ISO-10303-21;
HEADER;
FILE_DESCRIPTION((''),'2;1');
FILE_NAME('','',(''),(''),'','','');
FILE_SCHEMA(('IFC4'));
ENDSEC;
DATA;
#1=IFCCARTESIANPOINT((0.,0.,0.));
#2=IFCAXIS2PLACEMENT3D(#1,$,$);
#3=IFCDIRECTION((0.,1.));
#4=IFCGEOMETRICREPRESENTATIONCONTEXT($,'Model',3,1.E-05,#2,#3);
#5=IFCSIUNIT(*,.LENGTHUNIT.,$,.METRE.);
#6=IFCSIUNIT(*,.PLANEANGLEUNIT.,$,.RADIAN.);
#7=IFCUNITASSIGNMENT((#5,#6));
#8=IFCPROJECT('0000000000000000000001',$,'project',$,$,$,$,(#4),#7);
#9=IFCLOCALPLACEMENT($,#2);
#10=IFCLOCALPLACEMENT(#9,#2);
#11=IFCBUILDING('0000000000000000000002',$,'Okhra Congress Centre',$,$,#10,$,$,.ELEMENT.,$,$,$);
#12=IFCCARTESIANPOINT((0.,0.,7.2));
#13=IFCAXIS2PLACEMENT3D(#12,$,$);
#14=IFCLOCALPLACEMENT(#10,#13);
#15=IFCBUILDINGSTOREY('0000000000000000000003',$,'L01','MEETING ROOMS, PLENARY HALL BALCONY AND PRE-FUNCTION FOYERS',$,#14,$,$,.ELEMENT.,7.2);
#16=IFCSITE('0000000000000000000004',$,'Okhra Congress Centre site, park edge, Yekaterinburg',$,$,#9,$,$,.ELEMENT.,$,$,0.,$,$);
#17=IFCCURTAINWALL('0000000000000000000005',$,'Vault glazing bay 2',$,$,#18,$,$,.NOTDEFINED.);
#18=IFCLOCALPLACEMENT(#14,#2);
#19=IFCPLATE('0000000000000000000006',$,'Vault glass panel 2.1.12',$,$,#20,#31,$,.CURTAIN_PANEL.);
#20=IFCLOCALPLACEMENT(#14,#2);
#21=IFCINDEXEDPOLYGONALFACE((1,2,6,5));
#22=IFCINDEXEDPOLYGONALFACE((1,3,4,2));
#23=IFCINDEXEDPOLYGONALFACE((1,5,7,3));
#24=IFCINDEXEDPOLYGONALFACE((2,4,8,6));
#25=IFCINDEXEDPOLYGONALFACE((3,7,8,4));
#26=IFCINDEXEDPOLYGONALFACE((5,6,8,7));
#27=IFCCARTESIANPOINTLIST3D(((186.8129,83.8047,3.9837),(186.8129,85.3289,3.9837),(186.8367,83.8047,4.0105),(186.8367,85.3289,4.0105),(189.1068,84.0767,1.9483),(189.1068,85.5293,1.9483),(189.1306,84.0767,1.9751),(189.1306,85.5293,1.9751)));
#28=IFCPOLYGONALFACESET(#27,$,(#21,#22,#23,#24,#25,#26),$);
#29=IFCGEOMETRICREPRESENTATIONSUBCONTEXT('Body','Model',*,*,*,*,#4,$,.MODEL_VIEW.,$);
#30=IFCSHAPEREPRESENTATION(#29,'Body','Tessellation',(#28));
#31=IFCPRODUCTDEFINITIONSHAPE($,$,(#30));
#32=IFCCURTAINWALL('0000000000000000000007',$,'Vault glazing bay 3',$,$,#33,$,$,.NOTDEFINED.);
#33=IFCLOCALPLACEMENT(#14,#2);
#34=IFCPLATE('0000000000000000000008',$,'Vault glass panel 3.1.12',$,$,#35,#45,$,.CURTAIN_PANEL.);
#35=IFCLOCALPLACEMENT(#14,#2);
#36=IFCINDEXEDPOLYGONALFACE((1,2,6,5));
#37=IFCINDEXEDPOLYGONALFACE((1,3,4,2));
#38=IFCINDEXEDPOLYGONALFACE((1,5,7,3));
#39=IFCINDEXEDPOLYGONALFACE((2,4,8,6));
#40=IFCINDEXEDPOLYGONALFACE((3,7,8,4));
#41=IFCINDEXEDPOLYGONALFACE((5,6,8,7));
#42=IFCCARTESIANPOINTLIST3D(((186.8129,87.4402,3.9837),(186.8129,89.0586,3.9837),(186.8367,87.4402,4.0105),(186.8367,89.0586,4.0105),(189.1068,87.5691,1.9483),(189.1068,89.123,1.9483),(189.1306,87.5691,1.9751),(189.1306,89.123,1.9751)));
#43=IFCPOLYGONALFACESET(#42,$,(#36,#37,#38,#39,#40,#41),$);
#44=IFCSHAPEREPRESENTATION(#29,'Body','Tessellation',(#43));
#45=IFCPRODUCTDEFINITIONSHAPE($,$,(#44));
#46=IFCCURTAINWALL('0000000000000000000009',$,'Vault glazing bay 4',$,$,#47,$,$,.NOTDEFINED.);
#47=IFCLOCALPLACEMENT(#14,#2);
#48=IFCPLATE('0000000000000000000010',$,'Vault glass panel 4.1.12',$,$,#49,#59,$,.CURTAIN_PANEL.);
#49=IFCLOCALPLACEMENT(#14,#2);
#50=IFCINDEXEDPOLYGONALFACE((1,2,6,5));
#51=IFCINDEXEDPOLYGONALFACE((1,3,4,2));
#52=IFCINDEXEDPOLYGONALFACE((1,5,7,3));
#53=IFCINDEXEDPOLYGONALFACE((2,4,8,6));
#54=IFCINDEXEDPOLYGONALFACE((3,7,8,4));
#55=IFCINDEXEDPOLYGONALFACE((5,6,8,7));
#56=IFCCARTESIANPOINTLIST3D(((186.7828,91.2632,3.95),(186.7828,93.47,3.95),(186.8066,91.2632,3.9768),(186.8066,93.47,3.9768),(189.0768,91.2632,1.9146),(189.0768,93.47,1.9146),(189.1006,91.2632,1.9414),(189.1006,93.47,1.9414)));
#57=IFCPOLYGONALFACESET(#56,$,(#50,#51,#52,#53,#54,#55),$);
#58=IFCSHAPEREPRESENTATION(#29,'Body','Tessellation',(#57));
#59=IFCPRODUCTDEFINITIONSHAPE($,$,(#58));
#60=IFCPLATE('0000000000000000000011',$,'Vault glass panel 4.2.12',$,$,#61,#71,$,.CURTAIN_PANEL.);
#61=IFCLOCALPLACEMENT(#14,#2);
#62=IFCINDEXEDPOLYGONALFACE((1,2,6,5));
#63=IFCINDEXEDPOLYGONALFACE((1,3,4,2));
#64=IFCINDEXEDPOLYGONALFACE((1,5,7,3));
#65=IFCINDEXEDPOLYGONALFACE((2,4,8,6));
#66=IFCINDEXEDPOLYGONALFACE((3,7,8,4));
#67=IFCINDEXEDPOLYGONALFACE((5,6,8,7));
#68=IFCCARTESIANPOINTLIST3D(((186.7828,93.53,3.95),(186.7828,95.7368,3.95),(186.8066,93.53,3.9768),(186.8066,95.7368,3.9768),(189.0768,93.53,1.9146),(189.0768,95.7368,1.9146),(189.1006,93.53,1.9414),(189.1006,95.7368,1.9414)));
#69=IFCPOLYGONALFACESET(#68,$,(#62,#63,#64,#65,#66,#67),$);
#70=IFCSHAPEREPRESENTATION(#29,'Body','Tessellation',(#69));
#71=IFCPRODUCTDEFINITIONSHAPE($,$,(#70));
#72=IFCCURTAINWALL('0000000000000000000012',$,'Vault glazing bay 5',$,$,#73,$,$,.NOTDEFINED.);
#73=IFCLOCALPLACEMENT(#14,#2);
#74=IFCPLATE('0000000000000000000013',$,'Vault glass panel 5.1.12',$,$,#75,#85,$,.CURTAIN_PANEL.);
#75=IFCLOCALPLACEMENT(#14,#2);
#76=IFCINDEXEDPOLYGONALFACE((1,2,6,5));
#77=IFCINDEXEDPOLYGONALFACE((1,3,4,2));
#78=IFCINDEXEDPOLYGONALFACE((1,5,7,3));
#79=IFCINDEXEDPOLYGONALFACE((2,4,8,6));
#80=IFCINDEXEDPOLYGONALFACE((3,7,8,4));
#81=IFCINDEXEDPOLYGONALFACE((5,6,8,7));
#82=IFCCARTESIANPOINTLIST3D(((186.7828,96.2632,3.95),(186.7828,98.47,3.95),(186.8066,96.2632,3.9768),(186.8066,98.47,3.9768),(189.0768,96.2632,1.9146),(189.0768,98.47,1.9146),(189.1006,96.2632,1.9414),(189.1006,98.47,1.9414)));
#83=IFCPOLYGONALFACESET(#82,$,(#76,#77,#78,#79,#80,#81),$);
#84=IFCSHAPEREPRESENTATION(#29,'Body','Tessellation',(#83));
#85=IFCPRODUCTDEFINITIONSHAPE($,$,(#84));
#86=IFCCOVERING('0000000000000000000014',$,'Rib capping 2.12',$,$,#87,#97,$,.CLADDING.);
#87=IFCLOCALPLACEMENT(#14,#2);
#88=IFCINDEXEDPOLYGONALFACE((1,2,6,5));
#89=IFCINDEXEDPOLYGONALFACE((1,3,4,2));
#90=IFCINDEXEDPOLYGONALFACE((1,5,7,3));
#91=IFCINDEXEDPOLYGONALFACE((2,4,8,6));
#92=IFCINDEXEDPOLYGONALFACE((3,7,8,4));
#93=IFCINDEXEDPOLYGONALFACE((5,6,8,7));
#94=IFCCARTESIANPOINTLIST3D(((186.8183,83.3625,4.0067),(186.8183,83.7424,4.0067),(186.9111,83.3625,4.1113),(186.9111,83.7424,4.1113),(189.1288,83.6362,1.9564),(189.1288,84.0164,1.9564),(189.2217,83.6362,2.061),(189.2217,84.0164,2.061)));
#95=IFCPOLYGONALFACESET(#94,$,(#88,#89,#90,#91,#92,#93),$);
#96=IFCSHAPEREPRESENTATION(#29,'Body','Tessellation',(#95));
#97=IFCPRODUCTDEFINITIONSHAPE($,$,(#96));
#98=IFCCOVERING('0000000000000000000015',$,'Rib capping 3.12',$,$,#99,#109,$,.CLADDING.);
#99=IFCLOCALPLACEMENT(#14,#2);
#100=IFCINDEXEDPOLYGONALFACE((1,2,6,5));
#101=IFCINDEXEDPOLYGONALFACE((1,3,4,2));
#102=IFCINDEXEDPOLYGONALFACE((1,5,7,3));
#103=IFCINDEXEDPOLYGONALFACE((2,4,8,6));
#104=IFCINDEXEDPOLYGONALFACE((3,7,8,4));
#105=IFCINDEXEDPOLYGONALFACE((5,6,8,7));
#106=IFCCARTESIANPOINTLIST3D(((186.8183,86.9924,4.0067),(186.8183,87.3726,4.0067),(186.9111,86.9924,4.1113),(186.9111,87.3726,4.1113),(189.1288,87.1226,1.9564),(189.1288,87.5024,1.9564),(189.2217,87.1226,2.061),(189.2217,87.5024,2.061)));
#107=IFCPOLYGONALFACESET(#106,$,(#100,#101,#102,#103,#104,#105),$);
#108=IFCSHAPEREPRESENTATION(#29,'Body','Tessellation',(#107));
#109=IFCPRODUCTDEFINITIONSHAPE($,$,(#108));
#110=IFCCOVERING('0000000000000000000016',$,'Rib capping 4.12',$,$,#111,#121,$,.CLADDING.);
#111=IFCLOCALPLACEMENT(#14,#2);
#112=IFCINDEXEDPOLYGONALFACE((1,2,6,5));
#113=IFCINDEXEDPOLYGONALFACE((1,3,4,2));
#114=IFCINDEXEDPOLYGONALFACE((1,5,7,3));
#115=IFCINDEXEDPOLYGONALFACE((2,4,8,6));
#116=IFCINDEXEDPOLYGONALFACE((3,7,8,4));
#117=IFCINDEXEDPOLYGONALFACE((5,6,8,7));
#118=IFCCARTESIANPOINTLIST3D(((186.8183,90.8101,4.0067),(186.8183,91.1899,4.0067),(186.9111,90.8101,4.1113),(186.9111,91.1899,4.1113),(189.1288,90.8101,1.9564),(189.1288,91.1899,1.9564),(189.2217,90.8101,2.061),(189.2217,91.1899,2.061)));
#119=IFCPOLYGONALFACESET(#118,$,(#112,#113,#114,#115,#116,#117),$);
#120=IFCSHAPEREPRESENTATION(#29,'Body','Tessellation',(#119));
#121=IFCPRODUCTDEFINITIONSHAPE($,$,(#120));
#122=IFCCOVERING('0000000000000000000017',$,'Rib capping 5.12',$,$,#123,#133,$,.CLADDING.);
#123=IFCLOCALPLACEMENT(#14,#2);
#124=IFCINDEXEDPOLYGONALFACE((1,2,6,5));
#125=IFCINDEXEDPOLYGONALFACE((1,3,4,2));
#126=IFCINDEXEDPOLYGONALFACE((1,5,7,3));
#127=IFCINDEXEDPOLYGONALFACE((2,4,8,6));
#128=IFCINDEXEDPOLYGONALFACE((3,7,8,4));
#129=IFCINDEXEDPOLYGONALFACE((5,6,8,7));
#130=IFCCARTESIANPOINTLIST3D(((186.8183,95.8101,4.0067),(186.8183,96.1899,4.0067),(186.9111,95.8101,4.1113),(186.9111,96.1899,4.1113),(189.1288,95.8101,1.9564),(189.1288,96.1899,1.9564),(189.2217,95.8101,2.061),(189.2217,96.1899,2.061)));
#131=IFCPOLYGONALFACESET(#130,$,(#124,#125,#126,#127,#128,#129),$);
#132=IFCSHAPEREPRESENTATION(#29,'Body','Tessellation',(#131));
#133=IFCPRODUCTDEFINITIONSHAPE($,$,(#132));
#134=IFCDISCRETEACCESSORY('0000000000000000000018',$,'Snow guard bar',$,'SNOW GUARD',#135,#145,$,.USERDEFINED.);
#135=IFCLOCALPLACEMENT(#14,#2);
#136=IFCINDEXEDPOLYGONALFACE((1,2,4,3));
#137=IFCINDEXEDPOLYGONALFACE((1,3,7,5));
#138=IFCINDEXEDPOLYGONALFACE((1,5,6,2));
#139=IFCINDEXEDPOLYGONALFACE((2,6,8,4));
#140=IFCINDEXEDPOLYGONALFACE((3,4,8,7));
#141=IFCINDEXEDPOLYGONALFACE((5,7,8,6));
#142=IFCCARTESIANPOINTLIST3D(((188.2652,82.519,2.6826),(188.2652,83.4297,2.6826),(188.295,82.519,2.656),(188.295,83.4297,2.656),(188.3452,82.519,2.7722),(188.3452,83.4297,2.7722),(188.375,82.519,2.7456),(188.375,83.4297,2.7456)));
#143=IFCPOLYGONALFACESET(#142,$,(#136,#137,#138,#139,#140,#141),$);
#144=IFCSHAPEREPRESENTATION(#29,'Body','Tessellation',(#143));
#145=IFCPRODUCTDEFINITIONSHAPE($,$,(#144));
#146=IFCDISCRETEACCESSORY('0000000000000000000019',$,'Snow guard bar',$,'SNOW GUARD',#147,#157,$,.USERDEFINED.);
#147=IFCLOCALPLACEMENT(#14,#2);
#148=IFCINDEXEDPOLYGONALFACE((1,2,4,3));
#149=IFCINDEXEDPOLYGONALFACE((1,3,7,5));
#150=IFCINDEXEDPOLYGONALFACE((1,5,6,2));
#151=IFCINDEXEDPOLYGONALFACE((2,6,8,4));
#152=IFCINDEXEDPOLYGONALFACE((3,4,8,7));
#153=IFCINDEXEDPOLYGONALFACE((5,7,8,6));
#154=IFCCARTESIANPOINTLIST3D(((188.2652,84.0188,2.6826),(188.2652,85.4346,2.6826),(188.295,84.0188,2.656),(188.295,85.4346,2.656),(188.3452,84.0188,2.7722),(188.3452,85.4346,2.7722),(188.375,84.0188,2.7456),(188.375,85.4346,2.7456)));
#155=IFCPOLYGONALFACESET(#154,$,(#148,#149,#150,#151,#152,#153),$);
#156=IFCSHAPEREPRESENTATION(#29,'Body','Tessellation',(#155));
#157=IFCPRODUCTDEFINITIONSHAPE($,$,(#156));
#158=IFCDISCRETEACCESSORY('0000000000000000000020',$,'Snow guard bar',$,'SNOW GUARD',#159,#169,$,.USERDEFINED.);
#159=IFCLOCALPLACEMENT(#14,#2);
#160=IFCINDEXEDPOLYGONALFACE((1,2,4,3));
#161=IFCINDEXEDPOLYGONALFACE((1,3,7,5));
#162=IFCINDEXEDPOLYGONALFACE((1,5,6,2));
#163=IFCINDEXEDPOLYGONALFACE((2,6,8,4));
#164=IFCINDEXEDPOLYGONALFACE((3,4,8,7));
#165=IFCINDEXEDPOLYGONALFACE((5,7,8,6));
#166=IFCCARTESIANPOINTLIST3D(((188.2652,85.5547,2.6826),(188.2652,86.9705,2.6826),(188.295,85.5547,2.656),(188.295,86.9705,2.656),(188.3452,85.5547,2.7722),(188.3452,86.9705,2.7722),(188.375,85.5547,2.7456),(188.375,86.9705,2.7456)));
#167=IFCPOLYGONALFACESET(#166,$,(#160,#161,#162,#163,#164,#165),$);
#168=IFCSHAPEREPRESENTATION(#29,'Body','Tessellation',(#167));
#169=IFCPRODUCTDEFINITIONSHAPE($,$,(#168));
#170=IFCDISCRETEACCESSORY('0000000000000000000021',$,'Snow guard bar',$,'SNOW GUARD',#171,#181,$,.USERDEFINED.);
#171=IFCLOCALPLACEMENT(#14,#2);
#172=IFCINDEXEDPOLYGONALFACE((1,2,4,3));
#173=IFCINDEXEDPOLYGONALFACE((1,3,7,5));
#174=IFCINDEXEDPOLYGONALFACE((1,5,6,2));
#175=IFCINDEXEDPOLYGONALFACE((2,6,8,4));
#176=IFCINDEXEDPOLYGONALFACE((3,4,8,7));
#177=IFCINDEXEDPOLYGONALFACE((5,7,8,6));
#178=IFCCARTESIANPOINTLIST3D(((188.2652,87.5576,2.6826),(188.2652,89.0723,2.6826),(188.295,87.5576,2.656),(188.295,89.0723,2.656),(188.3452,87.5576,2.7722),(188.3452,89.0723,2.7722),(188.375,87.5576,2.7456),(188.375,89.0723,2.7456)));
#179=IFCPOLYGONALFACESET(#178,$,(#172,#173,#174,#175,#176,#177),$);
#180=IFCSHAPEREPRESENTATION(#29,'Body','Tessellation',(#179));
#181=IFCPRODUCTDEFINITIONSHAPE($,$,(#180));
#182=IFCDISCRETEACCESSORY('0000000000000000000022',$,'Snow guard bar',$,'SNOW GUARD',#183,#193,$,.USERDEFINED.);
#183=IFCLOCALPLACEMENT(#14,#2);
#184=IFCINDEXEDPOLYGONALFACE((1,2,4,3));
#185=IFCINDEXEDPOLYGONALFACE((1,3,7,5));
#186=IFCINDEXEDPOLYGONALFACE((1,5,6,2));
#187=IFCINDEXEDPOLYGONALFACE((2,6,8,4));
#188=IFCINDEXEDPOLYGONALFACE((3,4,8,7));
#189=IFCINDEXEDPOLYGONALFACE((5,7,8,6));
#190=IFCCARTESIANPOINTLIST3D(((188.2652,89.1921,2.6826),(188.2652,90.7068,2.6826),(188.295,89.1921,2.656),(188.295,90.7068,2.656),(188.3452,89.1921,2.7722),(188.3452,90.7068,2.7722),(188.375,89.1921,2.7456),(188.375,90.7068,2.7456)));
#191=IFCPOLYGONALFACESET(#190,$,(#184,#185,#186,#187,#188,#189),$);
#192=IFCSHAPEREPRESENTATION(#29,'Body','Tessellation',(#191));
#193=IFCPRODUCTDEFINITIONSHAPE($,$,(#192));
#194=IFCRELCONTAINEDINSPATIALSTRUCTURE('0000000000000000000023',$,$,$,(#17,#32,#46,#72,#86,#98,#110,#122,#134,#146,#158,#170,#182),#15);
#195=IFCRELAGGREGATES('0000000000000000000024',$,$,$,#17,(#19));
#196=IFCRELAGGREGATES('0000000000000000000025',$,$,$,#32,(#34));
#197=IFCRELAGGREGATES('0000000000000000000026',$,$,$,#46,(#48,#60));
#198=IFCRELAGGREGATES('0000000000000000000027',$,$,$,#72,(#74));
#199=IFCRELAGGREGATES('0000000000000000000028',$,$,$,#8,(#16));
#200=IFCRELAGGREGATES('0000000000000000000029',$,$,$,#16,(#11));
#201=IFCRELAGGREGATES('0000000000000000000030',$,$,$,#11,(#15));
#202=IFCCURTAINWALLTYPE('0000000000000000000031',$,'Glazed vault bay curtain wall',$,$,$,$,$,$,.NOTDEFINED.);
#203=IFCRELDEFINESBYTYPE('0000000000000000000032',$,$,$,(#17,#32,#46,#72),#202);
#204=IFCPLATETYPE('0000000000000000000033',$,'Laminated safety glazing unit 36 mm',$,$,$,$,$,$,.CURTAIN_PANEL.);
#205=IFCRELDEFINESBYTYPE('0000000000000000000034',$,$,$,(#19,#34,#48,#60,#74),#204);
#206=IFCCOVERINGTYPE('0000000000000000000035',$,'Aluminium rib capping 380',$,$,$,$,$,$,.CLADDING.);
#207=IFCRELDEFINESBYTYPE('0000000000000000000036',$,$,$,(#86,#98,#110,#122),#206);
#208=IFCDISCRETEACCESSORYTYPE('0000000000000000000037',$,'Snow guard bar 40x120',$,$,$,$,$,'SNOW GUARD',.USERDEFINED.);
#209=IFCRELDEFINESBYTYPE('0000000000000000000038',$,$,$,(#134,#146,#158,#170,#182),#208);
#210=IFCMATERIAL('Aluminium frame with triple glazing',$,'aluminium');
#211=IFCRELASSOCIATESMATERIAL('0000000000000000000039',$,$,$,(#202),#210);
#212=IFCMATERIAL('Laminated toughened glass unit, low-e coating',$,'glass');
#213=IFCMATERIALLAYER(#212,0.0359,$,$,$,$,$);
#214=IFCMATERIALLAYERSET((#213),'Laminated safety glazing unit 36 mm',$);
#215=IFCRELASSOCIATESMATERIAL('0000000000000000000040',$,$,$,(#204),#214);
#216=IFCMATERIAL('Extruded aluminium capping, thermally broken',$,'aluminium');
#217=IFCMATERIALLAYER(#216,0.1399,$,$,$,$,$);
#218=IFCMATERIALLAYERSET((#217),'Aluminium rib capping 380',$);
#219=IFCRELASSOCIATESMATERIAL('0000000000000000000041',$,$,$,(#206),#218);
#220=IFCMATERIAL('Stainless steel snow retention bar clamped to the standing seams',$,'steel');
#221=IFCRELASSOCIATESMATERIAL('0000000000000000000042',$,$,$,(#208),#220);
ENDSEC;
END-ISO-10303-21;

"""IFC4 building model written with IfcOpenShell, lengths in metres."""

from ifc_helpers import new_model, si_unit, direction, frame, origin, place, context, subcontext, project, spatial, polyline, outline, extrude, material, layer, layer_set, type_object, element, aggregate, save


model = new_model("IFC4")

# Units and contexts
model_context = context("Model", 3, precision=1e-05, world=origin(), true_north=direction((0.0, 1.0)))
body_context = subcontext(model_context, "Body", "Model", "MODEL_VIEW")
ifc_project = project(units=[si_unit("LENGTHUNIT", "METRE"), si_unit("PLANEANGLEUNIT", "RADIAN")], contexts=[model_context])

# Site, building, storey
site_placement = place(None, origin())
site = spatial("IfcSite", under=ifc_project, at=site_placement, Name="Okhra Congress Centre site, park edge, Yekaterinburg", CompositionType="ELEMENT", RefElevation=0.0)
building_placement = place(site_placement, origin())
building = spatial("IfcBuilding", under=site, at=building_placement, Name="Okhra Congress Centre", CompositionType="ELEMENT")
storey_placement = place(building_placement, frame((0.0, 0.0, 7.2)))
storey = spatial("IfcBuildingStorey", under=building, at=storey_placement, Name="L01", Description="MEETING ROOMS, PLENARY HALL BALCONY AND PRE-FUNCTION FOYERS", CompositionType="ELEMENT", Elevation=7.2)

# Curtain walls, plates
ifc_material_1 = material(Name="Aluminium frame with triple glazing", Category="aluminium")
curtain_wall_type_1 = type_object("IfcCurtainWallType", Name="Glazed vault bay curtain wall", PredefinedType="NOTDEFINED", material=ifc_material_1)
curtain_wall_1_placement = place(storey_placement, origin())
curtain_wall_1 = element("IfcCurtainWall", 1, at=curtain_wall_1_placement, inside=storey, type_object=curtain_wall_type_1, Name="Vault glazing bay 2", PredefinedType="NOTDEFINED")
ifc_material_2 = material(Name="Laminated toughened glass unit, low-e coating", Category="glass")
ifc_layer_1 = layer(ifc_material_2, 0.0359)
ifc_layer_set_1 = layer_set([ifc_layer_1], Name="Laminated safety glazing unit 36 mm")
plate_type_1 = type_object("IfcPlateType", Name="Laminated safety glazing unit 36 mm", PredefinedType="CURTAIN_PANEL", material=ifc_layer_set_1)
plate_1_placement = place(storey_placement, frame((186.8367, 83.8047, 4.0105), z_axis=(0.663697, 0.0, 0.748002), x_axis=(0.745078, 0.088337, -0.661102)))
plate_1 = element("IfcPlate", 2, at=plate_1_placement, type_object=plate_type_1, Name="Vault glass panel 2.1.12", PredefinedType="CURTAIN_PANEL", context=body_context, shape_type="SweptSolid", body=[
    extrude(outline(polyline([(0.0, 0.0), (3.0788, 0.0), (3.2071, 1.447), (0.1346, 1.5182), (0.0, 0.0)])), origin(), (0.0, 0.0, -1.0), 0.0359),
])
aggregate(curtain_wall_1, [plate_1])
curtain_wall_2_placement = place(storey_placement, origin())
curtain_wall_2 = element("IfcCurtainWall", 3, at=curtain_wall_2_placement, inside=storey, type_object=curtain_wall_type_1, Name="Vault glazing bay 3", PredefinedType="NOTDEFINED")
plate_2_placement = place(storey_placement, frame((186.8367, 87.4402, 4.0105), z_axis=(0.663697, 0.0, 0.748002), x_axis=(0.747342, 0.041996, -0.663111)))
plate_2 = element("IfcPlate", 4, at=plate_2_placement, type_object=plate_type_1, Name="Vault glass panel 3.1.12", PredefinedType="CURTAIN_PANEL", context=body_context, shape_type="SweptSolid", body=[
    extrude(outline(polyline([(0.0, 0.0), (3.0695, 0.0), (3.1347, 1.5526), (0.068, 1.617), (0.0, 0.0)])), origin(), (0.0, 0.0, -1.0), 0.0359),
])
aggregate(curtain_wall_2, [plate_2])

# Curtain wall, plates
curtain_wall_3_placement = place(storey_placement, origin())
curtain_wall_3 = element("IfcCurtainWall", 5, at=curtain_wall_3_placement, inside=storey, type_object=curtain_wall_type_1, Name="Vault glazing bay 4", PredefinedType="NOTDEFINED")
plate_3_placement = place(storey_placement, frame((186.8066, 91.2632, 3.9768), z_axis=(0.663697, 0.0, 0.748002), x_axis=(0.748002, 0.0, -0.663697)))
plate_3 = element("IfcPlate", 6, at=plate_3_placement, type_object=plate_type_1, Name="Vault glass panel 4.1.12", PredefinedType="CURTAIN_PANEL", context=body_context, shape_type="SweptSolid", body=[
    extrude(outline(polyline([(0.0, 0.0), (3.0668, 0.0), (3.0668, 2.2068), (0.0, 2.2068), (0.0, 0.0)])), origin(), (0.0, 0.0, -1.0), 0.0359),
])
plate_4_placement = place(storey_placement, frame((186.8066, 93.53, 3.9768), z_axis=(0.663697, 0.0, 0.748002), x_axis=(0.748002, 0.0, -0.663697)))
plate_4 = element("IfcPlate", 7, at=plate_4_placement, type_object=plate_type_1, Name="Vault glass panel 4.2.12", PredefinedType="CURTAIN_PANEL", context=body_context, shape_type="SweptSolid", body=[
    extrude(outline(polyline([(0.0, 0.0), (3.0668, 0.0), (3.0668, 2.2068), (0.0, 2.2068), (0.0, 0.0)])), origin(), (0.0, 0.0, -1.0), 0.0359),
])
aggregate(curtain_wall_3, [plate_3, plate_4])

# Curtain wall, plate
curtain_wall_4_placement = place(storey_placement, origin())
curtain_wall_4 = element("IfcCurtainWall", 8, at=curtain_wall_4_placement, inside=storey, type_object=curtain_wall_type_1, Name="Vault glazing bay 5", PredefinedType="NOTDEFINED")
plate_5_placement = place(storey_placement, frame((186.8066, 96.2632, 3.9768), z_axis=(0.663697, 0.0, 0.748002), x_axis=(0.748002, 0.0, -0.663697)))
plate_5 = element("IfcPlate", 9, at=plate_5_placement, type_object=plate_type_1, Name="Vault glass panel 5.1.12", PredefinedType="CURTAIN_PANEL", context=body_context, shape_type="SweptSolid", body=[
    extrude(outline(polyline([(0.0, 0.0), (3.0668, 0.0), (3.0668, 2.2068), (0.0, 2.2068), (0.0, 0.0)])), origin(), (0.0, 0.0, -1.0), 0.0359),
])
aggregate(curtain_wall_4, [plate_5])

# Coverings
ifc_material_3 = material(Name="Extruded aluminium capping, thermally broken", Category="aluminium")
ifc_layer_2 = layer(ifc_material_3, 0.1399)
ifc_layer_set_2 = layer_set([ifc_layer_2], Name="Aluminium rib capping 380")
covering_type = type_object("IfcCoveringType", Name="Aluminium rib capping 380", PredefinedType="CLADDING", material=ifc_layer_set_2)
covering_1_placement = place(storey_placement, frame((186.9111, 83.3625, 4.1113), z_axis=(0.663726, 0.0, 0.747976), x_axis=(0.745057, 0.088251, -0.661136)))
element("IfcCovering", 10, at=covering_1_placement, inside=storey, type_object=covering_type, Name="Rib capping 2.12", PredefinedType="CLADDING", context=body_context, shape_type="SweptSolid", body=[
    extrude(outline(polyline([(0.0, 0.0), (3.1012, 0.0), (3.1347, 0.3786), (0.0335, 0.3784), (0.0, 0.0)])), origin(), (0.0, 0.0, -1.0), 0.1399),
])
covering_2_placement = place(storey_placement, frame((186.9111, 86.9924, 4.1113), z_axis=(0.663726, 0.0, 0.747976), x_axis=(0.747313, 0.042088, -0.663138)))
element("IfcCovering", 11, at=covering_2_placement, inside=storey, type_object=covering_type, Name="Rib capping 3.12", PredefinedType="CLADDING", context=body_context, shape_type="SweptSolid", body=[
    extrude(outline(polyline([(0.0, 0.0), (3.0918, 0.0), (3.1078, 0.3795), (0.016, 0.3798), (0.0, 0.0)])), origin(), (0.0, 0.0, -1.0), 0.1399),
])
for number, where, z_axis, x_axis, name in (
    (12, (186.9111, 90.8101, 4.1113), (0.663726, 0.0, 0.747976), (0.747976, 0.0, -0.663726), "Rib capping 4.12"),
    (13, (186.9111, 95.8101, 4.1113), (0.663726, 0.0, 0.747976), (0.747976, 0.0, -0.663726), "Rib capping 5.12"),
):
    element("IfcCovering", number, at=place(storey_placement, frame(where, z_axis=z_axis, x_axis=x_axis)), inside=storey, type_object=covering_type, Name=name, PredefinedType="CLADDING", context=body_context, shape_type="SweptSolid", body=[
        extrude(outline(polyline([(0.0, 0.0), (3.0891, 0.0), (3.0891, 0.3799), (0.0, 0.3799), (0.0, 0.0)])), origin(), (0.0, 0.0, -1.0), 0.1399),
    ])

# Discrete accessories
ifc_material_4 = material(Name="Stainless steel snow retention bar clamped to the standing seams", Category="steel")
discrete_accessory_type = type_object("IfcDiscreteAccessoryType", Name="Snow guard bar 40x120", ElementType="SNOW GUARD", PredefinedType="USERDEFINED", material=ifc_material_4)
discrete_accessory_placement = place(storey_placement, frame((188.3452, 82.519, 2.7722), z_axis=(0.666259, 0.0, 0.745721), x_axis=(0.745721, 0.0, -0.666259)))
element("IfcDiscreteAccessory", 14, at=discrete_accessory_placement, inside=storey, type_object=discrete_accessory_type, Name="Snow guard bar", ObjectType="SNOW GUARD", PredefinedType="USERDEFINED", context=body_context, shape_type="SweptSolid", body=[
    extrude(outline(polyline([(0.0, 0.0), (0.0399, 0.0), (0.0399, 0.9106), (0.0, 0.9106), (0.0, 0.0)])), origin(), (0.0, 0.0, -1.0), 0.1201),
])
for number, where, z_axis, x_axis, name in (
    (15, (188.3452, 84.0188, 2.7722), (0.666259, 0.0, 0.745721), (0.745721, 0.0, -0.666259), "Snow guard bar"),
    (16, (188.3452, 85.5547, 2.7722), (0.666259, 0.0, 0.745721), (0.745721, 0.0, -0.666259), "Snow guard bar"),
):
    element("IfcDiscreteAccessory", number, at=place(storey_placement, frame(where, z_axis=z_axis, x_axis=x_axis)), inside=storey, type_object=discrete_accessory_type, Name=name, ObjectType="SNOW GUARD", PredefinedType="USERDEFINED", context=body_context, shape_type="SweptSolid", body=[
        extrude(outline(polyline([(0.0, 0.0), (0.0399, 0.0), (0.0399, 1.4158), (0.0, 1.4158), (0.0, 0.0)])), origin(), (0.0, 0.0, -1.0), 0.1201),
    ])
for number, where, z_axis, x_axis, name in (
    (17, (188.3452, 87.5576, 2.7722), (0.666259, 0.0, 0.745721), (0.745721, 0.0, -0.666259), "Snow guard bar"),
    (18, (188.3452, 89.1921, 2.7722), (0.666259, 0.0, 0.745721), (0.745721, 0.0, -0.666259), "Snow guard bar"),
):
    element("IfcDiscreteAccessory", number, at=place(storey_placement, frame(where, z_axis=z_axis, x_axis=x_axis)), inside=storey, type_object=discrete_accessory_type, Name=name, ObjectType="SNOW GUARD", PredefinedType="USERDEFINED", context=body_context, shape_type="SweptSolid", body=[
        extrude(outline(polyline([(0.0, 0.0), (0.0399, 0.0), (0.0399, 1.5146), (0.0, 1.5146), (0.0, 0.0)])), origin(), (0.0, 0.0, -1.0), 0.1201),
    ])

save(model, "model.ifc")
